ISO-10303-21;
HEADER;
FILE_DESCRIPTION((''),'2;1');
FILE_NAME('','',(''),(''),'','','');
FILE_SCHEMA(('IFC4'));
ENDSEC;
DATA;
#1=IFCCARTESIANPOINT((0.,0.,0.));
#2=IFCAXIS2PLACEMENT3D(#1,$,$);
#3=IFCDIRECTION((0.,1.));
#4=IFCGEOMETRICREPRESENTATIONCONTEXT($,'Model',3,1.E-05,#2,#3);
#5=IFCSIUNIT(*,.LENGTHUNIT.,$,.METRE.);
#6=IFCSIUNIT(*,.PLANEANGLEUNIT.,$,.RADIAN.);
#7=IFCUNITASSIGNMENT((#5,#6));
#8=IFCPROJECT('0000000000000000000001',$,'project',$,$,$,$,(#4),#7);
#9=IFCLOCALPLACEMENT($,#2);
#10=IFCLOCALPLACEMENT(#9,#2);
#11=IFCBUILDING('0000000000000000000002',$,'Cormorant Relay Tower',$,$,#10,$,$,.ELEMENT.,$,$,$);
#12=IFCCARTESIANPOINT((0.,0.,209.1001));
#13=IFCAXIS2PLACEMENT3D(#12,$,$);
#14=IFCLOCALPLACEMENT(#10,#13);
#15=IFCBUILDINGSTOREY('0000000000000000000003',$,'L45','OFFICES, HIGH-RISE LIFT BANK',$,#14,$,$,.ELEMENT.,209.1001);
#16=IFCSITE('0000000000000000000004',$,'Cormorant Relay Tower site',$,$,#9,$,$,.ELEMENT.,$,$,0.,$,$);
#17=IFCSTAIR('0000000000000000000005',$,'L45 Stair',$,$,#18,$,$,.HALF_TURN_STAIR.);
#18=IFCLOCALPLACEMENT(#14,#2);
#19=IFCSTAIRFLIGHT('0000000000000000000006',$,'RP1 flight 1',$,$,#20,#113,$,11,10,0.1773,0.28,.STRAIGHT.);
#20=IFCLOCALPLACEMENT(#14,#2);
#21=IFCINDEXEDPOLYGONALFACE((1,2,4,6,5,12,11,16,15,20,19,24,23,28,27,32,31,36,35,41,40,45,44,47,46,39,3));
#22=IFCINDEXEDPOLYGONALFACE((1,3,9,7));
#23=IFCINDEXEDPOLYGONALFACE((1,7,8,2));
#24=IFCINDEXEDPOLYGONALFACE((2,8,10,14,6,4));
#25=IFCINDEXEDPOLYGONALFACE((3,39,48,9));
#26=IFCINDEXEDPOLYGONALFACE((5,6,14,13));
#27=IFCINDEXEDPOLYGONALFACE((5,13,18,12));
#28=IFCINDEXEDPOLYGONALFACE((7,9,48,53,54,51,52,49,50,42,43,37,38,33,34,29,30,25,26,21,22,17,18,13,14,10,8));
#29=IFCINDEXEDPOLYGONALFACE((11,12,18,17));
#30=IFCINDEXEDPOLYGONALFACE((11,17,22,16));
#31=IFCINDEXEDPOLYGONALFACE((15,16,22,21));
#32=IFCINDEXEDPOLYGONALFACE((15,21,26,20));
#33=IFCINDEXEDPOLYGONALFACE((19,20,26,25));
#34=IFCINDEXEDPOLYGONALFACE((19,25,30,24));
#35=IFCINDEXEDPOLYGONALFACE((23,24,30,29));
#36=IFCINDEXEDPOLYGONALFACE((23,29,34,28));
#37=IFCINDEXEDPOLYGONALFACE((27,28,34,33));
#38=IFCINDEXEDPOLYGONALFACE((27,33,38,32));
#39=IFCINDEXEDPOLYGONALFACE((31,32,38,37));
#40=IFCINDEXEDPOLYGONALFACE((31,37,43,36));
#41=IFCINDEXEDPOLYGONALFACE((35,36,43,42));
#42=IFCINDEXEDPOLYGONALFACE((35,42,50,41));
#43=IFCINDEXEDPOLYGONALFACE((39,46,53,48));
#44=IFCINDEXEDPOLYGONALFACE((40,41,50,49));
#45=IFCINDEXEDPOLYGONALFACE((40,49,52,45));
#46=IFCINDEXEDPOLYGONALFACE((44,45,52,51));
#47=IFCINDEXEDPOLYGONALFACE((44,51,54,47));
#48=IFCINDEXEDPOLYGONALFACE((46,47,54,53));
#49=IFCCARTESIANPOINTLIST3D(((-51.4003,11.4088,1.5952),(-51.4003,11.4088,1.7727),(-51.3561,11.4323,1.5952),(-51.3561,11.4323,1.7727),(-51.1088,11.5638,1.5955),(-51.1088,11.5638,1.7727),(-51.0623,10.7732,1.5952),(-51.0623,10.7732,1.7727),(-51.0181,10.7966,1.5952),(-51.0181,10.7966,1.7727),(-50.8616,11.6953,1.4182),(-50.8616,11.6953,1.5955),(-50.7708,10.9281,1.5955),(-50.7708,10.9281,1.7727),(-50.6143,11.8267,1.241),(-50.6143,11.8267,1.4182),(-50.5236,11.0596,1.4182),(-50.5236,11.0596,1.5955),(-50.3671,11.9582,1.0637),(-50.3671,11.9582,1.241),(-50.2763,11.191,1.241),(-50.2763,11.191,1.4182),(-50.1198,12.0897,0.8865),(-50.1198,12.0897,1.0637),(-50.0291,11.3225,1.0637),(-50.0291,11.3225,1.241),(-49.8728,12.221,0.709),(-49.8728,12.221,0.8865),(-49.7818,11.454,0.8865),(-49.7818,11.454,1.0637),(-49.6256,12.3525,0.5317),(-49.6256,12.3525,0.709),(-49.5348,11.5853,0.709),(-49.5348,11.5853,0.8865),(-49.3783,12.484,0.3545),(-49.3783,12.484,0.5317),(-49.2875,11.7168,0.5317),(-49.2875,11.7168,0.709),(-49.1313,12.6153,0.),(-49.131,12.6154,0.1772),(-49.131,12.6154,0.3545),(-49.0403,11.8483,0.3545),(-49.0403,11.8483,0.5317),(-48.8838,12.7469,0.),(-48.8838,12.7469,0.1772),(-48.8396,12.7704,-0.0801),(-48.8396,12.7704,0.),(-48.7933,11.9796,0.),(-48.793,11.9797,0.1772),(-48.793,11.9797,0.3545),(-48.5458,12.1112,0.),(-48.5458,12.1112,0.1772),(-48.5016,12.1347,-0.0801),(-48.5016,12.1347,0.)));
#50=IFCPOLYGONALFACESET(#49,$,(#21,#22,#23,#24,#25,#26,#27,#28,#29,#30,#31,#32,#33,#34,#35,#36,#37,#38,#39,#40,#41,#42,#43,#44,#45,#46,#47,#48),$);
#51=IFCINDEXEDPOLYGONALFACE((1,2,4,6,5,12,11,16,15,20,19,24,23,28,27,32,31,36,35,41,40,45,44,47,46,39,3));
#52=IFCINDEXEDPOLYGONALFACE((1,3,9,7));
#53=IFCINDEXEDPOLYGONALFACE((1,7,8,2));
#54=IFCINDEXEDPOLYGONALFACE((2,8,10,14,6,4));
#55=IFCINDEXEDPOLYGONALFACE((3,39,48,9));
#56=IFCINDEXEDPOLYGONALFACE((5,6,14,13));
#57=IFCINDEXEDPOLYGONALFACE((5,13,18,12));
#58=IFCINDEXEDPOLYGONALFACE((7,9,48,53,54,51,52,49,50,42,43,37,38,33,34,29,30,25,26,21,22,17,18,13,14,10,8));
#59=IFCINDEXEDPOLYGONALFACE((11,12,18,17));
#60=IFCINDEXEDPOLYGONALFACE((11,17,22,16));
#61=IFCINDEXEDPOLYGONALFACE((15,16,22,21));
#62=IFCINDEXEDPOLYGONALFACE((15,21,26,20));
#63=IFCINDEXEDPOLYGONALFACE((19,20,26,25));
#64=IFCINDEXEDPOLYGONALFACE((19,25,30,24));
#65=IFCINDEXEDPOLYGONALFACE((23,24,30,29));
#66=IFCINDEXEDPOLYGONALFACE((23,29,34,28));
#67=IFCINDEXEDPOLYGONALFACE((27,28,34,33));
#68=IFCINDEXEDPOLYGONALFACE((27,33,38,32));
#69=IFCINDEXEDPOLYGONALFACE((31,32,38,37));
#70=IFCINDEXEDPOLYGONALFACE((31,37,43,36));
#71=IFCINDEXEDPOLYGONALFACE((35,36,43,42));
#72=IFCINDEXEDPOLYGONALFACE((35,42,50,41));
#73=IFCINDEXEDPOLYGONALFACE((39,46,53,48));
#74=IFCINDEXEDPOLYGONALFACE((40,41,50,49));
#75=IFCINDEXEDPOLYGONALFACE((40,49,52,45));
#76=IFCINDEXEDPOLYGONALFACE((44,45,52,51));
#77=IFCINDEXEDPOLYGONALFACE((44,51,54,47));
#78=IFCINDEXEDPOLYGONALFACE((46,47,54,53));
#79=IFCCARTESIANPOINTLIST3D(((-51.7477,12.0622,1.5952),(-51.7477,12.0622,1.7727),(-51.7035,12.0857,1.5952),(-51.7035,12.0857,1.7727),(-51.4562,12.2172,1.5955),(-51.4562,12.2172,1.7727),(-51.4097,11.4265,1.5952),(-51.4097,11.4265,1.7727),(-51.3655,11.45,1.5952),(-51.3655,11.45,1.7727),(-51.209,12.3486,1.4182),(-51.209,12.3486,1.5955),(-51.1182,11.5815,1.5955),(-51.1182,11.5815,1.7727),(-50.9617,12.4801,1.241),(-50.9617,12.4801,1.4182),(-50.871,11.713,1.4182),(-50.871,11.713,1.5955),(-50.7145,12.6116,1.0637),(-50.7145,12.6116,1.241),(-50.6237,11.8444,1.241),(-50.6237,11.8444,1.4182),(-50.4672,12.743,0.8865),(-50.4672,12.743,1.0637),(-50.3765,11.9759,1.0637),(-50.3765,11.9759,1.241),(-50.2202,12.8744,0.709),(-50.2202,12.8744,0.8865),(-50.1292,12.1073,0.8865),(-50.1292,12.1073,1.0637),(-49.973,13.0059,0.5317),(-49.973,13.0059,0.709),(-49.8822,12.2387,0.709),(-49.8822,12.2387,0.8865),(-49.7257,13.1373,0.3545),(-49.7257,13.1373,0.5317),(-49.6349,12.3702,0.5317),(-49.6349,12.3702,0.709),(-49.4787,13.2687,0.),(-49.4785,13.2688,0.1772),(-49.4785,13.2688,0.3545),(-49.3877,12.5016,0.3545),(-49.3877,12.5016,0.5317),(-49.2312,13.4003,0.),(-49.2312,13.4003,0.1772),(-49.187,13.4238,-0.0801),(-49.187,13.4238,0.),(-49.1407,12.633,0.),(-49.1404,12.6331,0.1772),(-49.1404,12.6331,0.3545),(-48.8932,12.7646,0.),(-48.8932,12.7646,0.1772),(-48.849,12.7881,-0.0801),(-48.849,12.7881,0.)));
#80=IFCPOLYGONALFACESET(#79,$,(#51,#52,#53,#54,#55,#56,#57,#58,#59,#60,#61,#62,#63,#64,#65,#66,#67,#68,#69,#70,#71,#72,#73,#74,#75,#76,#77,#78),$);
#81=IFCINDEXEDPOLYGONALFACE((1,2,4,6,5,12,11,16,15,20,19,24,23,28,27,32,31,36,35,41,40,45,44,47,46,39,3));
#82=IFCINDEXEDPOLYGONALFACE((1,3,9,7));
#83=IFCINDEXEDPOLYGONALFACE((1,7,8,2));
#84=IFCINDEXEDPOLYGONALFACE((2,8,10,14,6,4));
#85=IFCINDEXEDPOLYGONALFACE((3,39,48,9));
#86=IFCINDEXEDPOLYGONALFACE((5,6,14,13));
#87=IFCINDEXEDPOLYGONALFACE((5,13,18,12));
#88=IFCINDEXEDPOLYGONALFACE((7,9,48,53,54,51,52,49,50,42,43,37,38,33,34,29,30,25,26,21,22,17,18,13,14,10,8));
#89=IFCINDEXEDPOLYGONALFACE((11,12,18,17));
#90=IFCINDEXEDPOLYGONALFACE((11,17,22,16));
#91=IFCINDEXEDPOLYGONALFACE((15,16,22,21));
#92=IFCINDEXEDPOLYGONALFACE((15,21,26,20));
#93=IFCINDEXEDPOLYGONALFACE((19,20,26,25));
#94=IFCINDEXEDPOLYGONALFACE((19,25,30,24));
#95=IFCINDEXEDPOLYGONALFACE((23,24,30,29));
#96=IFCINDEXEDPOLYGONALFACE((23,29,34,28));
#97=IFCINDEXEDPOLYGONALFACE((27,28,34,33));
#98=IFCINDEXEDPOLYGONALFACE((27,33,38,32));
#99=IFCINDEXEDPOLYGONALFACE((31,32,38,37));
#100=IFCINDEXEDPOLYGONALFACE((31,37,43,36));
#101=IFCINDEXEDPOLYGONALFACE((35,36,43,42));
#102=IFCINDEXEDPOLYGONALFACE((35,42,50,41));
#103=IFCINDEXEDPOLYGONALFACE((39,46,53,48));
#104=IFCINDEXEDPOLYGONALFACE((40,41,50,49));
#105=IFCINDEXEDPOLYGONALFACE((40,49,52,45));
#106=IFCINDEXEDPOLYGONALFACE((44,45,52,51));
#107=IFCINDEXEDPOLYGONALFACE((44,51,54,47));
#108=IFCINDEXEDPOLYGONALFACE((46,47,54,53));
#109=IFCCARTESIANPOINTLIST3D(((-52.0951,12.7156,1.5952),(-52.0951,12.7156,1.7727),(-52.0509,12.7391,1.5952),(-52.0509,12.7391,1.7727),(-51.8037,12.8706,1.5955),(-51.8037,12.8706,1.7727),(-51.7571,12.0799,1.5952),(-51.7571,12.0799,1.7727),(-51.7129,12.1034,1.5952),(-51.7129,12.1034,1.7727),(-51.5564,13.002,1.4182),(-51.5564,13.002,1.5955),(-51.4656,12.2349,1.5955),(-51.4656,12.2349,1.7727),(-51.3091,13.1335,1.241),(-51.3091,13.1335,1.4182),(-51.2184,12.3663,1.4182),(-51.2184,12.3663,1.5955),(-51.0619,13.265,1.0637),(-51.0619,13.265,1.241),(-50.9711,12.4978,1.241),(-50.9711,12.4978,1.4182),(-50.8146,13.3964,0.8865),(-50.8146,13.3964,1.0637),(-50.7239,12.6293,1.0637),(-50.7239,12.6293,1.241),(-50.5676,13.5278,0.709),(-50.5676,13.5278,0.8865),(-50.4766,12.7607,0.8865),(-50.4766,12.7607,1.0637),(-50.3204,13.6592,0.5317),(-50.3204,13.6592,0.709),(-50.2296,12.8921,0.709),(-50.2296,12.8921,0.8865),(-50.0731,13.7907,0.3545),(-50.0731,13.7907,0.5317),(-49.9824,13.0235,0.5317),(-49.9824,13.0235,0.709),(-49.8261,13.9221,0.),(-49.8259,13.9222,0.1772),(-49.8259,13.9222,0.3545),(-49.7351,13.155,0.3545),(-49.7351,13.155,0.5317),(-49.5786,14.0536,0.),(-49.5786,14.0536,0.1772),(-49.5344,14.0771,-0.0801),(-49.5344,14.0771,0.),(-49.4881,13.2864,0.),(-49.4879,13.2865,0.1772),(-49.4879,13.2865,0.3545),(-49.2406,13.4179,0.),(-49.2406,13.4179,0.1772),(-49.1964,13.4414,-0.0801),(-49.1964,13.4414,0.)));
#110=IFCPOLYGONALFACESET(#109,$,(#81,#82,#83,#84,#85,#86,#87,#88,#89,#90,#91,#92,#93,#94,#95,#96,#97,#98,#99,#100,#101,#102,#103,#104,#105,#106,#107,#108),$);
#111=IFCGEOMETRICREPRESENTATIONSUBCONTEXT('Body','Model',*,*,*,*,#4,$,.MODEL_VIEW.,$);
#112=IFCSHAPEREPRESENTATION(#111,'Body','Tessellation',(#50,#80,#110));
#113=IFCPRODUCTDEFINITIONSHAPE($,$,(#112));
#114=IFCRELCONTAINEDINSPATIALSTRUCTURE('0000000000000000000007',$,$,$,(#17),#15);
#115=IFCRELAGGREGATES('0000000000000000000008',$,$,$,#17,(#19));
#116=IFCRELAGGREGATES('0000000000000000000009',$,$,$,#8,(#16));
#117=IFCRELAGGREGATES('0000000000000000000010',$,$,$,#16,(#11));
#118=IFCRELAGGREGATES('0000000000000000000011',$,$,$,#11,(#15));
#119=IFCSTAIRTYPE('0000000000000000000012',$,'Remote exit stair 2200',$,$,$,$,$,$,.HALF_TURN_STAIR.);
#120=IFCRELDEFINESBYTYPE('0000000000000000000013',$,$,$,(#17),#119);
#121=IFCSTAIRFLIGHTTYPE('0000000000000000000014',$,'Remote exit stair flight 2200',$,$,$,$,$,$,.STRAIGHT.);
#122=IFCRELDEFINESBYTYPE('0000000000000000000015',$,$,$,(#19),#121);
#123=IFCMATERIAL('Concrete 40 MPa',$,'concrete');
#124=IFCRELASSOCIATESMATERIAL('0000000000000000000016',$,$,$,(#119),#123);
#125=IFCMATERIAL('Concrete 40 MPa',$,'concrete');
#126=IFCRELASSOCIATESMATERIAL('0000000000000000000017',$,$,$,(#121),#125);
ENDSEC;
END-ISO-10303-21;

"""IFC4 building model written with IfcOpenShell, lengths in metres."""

from ifc_helpers import new_model, si_unit, direction, frame, origin, place, context, subcontext, project, spatial, polyline, outline, extrude, material, type_object, element, aggregate, save


model = new_model("IFC4")

# Units and contexts
model_context = context("Model", 3, precision=1e-05, world=origin(), true_north=direction((0.0, 1.0)))
body_context = subcontext(model_context, "Body", "Model", "MODEL_VIEW")
ifc_project = project(units=[si_unit("LENGTHUNIT", "METRE"), si_unit("PLANEANGLEUNIT", "RADIAN")], contexts=[model_context])

# Site, building, storey
site_placement = place(None, origin())
site = spatial("IfcSite", under=ifc_project, at=site_placement, Name="Cormorant Relay Tower site", CompositionType="ELEMENT", RefElevation=0.0)
building_placement = place(site_placement, origin())
building = spatial("IfcBuilding", under=site, at=building_placement, Name="Cormorant Relay Tower", CompositionType="ELEMENT")
storey_placement = place(building_placement, frame((0.0, 0.0, 209.1001)))
storey = spatial("IfcBuildingStorey", under=building, at=storey_placement, Name="L45", Description="OFFICES, HIGH-RISE LIFT BANK", CompositionType="ELEMENT", Elevation=209.1001)

# Stair, stair flight
ifc_material_1 = material(Name="Concrete 40 MPa", Category="concrete")
stair_type = type_object("IfcStairType", Name="Remote exit stair 2200", PredefinedType="HALF_TURN_STAIR", material=ifc_material_1)
stair_placement = place(storey_placement, origin())
stair = element("IfcStair", 1, at=stair_placement, inside=storey, type_object=stair_type, Name="L45 Stair", PredefinedType="HALF_TURN_STAIR")
ifc_material_2 = material(Name="Concrete 40 MPa", Category="concrete")
stair_flight_type = type_object("IfcStairFlightType", Name="Remote exit stair flight 2200", PredefinedType="STRAIGHT", material=ifc_material_2)
stair_flight_1_placement = place(storey_placement, frame((-49.0623, 13.0825, 0.0), z_axis=(0.0, 0.0, 1.0), x_axis=(-0.882948, -0.469472, 0.0)))
stair_flight_1 = element("IfcStairFlight", 2, at=stair_flight_1_placement, type_object=stair_flight_type, Name="RP1 flight 1", NumberOfRisers=11, NumberOfTreads=10, PredefinedType="STRAIGHT", RiserHeight=0.1773, TreadLength=0.28, context=body_context, shape_type="SweptSolid", body=[
    extrude(outline(polyline([(-0.05, -0.0801), (-0.05, 0.0), (0.0, 0.0), (0.0, 0.1772), (0.28, 0.1772), (0.28, 0.3545), (0.5601, 0.3545), (0.5601, 0.5317), (0.8401, 0.5317), (0.8401, 0.709), (1.1201, 0.709), (1.1201, 0.8865), (1.3999, 0.8865), (1.3999, 1.0637), (1.6799, 1.0637), (1.6799, 1.241), (1.96, 1.241), (1.96, 1.4182), (2.24, 1.4182), (2.24, 1.5955), (2.52, 1.5955), (2.52, 1.7727), (2.8, 1.7727), (2.8501, 1.7727), (2.8501, 1.5952), (2.8, 1.5952), (0.2803, 0.0), (-0.05, -0.0801)])), frame((0.0, 1.1001, 0.0), z_axis=(0.0, -1.0, 0.0), x_axis=(1.0, 0.0, 0.0)), (0.0, 0.0, 1.0), 0.72),
    extrude(outline(polyline([(-0.05, -0.0801), (-0.05, 0.0), (0.0, 0.0), (0.0, 0.1772), (0.28, 0.1772), (0.28, 0.3545), (0.5601, 0.3545), (0.5601, 0.5317), (0.8401, 0.5317), (0.8401, 0.709), (1.1201, 0.709), (1.1201, 0.8865), (1.3999, 0.8865), (1.3999, 1.0637), (1.6799, 1.0637), (1.6799, 1.241), (1.96, 1.241), (1.96, 1.4182), (2.24, 1.4182), (2.24, 1.5955), (2.52, 1.5955), (2.52, 1.7727), (2.8, 1.7727), (2.8501, 1.7727), (2.8501, 1.5952), (2.8, 1.5952), (0.2803, 0.0), (-0.05, -0.0801)])), frame((0.0, 0.3601, 0.0), z_axis=(0.0, -1.0, 0.0), x_axis=(1.0, 0.0, 0.0)), (0.0, 0.0, 1.0), 0.72),
    extrude(outline(polyline([(-0.05, -0.0801), (-0.05, 0.0), (0.0, 0.0), (0.0, 0.1772), (0.28, 0.1772), (0.28, 0.3545), (0.5601, 0.3545), (0.5601, 0.5317), (0.8401, 0.5317), (0.8401, 0.709), (1.1201, 0.709), (1.1201, 0.8865), (1.3999, 0.8865), (1.3999, 1.0637), (1.6799, 1.0637), (1.6799, 1.241), (1.96, 1.241), (1.96, 1.4182), (2.24, 1.4182), (2.24, 1.5955), (2.52, 1.5955), (2.52, 1.7727), (2.8, 1.7727), (2.8501, 1.7727), (2.8501, 1.5952), (2.8, 1.5952), (0.2803, 0.0), (-0.05, -0.0801)])), frame((0.0, -0.3799, 0.0), z_axis=(0.0, -1.0, 0.0), x_axis=(1.0, 0.0, 0.0)), (0.0, 0.0, 1.0), 0.72),
])
aggregate(stair, [stair_flight_1])

save(model, "model.ifc")
